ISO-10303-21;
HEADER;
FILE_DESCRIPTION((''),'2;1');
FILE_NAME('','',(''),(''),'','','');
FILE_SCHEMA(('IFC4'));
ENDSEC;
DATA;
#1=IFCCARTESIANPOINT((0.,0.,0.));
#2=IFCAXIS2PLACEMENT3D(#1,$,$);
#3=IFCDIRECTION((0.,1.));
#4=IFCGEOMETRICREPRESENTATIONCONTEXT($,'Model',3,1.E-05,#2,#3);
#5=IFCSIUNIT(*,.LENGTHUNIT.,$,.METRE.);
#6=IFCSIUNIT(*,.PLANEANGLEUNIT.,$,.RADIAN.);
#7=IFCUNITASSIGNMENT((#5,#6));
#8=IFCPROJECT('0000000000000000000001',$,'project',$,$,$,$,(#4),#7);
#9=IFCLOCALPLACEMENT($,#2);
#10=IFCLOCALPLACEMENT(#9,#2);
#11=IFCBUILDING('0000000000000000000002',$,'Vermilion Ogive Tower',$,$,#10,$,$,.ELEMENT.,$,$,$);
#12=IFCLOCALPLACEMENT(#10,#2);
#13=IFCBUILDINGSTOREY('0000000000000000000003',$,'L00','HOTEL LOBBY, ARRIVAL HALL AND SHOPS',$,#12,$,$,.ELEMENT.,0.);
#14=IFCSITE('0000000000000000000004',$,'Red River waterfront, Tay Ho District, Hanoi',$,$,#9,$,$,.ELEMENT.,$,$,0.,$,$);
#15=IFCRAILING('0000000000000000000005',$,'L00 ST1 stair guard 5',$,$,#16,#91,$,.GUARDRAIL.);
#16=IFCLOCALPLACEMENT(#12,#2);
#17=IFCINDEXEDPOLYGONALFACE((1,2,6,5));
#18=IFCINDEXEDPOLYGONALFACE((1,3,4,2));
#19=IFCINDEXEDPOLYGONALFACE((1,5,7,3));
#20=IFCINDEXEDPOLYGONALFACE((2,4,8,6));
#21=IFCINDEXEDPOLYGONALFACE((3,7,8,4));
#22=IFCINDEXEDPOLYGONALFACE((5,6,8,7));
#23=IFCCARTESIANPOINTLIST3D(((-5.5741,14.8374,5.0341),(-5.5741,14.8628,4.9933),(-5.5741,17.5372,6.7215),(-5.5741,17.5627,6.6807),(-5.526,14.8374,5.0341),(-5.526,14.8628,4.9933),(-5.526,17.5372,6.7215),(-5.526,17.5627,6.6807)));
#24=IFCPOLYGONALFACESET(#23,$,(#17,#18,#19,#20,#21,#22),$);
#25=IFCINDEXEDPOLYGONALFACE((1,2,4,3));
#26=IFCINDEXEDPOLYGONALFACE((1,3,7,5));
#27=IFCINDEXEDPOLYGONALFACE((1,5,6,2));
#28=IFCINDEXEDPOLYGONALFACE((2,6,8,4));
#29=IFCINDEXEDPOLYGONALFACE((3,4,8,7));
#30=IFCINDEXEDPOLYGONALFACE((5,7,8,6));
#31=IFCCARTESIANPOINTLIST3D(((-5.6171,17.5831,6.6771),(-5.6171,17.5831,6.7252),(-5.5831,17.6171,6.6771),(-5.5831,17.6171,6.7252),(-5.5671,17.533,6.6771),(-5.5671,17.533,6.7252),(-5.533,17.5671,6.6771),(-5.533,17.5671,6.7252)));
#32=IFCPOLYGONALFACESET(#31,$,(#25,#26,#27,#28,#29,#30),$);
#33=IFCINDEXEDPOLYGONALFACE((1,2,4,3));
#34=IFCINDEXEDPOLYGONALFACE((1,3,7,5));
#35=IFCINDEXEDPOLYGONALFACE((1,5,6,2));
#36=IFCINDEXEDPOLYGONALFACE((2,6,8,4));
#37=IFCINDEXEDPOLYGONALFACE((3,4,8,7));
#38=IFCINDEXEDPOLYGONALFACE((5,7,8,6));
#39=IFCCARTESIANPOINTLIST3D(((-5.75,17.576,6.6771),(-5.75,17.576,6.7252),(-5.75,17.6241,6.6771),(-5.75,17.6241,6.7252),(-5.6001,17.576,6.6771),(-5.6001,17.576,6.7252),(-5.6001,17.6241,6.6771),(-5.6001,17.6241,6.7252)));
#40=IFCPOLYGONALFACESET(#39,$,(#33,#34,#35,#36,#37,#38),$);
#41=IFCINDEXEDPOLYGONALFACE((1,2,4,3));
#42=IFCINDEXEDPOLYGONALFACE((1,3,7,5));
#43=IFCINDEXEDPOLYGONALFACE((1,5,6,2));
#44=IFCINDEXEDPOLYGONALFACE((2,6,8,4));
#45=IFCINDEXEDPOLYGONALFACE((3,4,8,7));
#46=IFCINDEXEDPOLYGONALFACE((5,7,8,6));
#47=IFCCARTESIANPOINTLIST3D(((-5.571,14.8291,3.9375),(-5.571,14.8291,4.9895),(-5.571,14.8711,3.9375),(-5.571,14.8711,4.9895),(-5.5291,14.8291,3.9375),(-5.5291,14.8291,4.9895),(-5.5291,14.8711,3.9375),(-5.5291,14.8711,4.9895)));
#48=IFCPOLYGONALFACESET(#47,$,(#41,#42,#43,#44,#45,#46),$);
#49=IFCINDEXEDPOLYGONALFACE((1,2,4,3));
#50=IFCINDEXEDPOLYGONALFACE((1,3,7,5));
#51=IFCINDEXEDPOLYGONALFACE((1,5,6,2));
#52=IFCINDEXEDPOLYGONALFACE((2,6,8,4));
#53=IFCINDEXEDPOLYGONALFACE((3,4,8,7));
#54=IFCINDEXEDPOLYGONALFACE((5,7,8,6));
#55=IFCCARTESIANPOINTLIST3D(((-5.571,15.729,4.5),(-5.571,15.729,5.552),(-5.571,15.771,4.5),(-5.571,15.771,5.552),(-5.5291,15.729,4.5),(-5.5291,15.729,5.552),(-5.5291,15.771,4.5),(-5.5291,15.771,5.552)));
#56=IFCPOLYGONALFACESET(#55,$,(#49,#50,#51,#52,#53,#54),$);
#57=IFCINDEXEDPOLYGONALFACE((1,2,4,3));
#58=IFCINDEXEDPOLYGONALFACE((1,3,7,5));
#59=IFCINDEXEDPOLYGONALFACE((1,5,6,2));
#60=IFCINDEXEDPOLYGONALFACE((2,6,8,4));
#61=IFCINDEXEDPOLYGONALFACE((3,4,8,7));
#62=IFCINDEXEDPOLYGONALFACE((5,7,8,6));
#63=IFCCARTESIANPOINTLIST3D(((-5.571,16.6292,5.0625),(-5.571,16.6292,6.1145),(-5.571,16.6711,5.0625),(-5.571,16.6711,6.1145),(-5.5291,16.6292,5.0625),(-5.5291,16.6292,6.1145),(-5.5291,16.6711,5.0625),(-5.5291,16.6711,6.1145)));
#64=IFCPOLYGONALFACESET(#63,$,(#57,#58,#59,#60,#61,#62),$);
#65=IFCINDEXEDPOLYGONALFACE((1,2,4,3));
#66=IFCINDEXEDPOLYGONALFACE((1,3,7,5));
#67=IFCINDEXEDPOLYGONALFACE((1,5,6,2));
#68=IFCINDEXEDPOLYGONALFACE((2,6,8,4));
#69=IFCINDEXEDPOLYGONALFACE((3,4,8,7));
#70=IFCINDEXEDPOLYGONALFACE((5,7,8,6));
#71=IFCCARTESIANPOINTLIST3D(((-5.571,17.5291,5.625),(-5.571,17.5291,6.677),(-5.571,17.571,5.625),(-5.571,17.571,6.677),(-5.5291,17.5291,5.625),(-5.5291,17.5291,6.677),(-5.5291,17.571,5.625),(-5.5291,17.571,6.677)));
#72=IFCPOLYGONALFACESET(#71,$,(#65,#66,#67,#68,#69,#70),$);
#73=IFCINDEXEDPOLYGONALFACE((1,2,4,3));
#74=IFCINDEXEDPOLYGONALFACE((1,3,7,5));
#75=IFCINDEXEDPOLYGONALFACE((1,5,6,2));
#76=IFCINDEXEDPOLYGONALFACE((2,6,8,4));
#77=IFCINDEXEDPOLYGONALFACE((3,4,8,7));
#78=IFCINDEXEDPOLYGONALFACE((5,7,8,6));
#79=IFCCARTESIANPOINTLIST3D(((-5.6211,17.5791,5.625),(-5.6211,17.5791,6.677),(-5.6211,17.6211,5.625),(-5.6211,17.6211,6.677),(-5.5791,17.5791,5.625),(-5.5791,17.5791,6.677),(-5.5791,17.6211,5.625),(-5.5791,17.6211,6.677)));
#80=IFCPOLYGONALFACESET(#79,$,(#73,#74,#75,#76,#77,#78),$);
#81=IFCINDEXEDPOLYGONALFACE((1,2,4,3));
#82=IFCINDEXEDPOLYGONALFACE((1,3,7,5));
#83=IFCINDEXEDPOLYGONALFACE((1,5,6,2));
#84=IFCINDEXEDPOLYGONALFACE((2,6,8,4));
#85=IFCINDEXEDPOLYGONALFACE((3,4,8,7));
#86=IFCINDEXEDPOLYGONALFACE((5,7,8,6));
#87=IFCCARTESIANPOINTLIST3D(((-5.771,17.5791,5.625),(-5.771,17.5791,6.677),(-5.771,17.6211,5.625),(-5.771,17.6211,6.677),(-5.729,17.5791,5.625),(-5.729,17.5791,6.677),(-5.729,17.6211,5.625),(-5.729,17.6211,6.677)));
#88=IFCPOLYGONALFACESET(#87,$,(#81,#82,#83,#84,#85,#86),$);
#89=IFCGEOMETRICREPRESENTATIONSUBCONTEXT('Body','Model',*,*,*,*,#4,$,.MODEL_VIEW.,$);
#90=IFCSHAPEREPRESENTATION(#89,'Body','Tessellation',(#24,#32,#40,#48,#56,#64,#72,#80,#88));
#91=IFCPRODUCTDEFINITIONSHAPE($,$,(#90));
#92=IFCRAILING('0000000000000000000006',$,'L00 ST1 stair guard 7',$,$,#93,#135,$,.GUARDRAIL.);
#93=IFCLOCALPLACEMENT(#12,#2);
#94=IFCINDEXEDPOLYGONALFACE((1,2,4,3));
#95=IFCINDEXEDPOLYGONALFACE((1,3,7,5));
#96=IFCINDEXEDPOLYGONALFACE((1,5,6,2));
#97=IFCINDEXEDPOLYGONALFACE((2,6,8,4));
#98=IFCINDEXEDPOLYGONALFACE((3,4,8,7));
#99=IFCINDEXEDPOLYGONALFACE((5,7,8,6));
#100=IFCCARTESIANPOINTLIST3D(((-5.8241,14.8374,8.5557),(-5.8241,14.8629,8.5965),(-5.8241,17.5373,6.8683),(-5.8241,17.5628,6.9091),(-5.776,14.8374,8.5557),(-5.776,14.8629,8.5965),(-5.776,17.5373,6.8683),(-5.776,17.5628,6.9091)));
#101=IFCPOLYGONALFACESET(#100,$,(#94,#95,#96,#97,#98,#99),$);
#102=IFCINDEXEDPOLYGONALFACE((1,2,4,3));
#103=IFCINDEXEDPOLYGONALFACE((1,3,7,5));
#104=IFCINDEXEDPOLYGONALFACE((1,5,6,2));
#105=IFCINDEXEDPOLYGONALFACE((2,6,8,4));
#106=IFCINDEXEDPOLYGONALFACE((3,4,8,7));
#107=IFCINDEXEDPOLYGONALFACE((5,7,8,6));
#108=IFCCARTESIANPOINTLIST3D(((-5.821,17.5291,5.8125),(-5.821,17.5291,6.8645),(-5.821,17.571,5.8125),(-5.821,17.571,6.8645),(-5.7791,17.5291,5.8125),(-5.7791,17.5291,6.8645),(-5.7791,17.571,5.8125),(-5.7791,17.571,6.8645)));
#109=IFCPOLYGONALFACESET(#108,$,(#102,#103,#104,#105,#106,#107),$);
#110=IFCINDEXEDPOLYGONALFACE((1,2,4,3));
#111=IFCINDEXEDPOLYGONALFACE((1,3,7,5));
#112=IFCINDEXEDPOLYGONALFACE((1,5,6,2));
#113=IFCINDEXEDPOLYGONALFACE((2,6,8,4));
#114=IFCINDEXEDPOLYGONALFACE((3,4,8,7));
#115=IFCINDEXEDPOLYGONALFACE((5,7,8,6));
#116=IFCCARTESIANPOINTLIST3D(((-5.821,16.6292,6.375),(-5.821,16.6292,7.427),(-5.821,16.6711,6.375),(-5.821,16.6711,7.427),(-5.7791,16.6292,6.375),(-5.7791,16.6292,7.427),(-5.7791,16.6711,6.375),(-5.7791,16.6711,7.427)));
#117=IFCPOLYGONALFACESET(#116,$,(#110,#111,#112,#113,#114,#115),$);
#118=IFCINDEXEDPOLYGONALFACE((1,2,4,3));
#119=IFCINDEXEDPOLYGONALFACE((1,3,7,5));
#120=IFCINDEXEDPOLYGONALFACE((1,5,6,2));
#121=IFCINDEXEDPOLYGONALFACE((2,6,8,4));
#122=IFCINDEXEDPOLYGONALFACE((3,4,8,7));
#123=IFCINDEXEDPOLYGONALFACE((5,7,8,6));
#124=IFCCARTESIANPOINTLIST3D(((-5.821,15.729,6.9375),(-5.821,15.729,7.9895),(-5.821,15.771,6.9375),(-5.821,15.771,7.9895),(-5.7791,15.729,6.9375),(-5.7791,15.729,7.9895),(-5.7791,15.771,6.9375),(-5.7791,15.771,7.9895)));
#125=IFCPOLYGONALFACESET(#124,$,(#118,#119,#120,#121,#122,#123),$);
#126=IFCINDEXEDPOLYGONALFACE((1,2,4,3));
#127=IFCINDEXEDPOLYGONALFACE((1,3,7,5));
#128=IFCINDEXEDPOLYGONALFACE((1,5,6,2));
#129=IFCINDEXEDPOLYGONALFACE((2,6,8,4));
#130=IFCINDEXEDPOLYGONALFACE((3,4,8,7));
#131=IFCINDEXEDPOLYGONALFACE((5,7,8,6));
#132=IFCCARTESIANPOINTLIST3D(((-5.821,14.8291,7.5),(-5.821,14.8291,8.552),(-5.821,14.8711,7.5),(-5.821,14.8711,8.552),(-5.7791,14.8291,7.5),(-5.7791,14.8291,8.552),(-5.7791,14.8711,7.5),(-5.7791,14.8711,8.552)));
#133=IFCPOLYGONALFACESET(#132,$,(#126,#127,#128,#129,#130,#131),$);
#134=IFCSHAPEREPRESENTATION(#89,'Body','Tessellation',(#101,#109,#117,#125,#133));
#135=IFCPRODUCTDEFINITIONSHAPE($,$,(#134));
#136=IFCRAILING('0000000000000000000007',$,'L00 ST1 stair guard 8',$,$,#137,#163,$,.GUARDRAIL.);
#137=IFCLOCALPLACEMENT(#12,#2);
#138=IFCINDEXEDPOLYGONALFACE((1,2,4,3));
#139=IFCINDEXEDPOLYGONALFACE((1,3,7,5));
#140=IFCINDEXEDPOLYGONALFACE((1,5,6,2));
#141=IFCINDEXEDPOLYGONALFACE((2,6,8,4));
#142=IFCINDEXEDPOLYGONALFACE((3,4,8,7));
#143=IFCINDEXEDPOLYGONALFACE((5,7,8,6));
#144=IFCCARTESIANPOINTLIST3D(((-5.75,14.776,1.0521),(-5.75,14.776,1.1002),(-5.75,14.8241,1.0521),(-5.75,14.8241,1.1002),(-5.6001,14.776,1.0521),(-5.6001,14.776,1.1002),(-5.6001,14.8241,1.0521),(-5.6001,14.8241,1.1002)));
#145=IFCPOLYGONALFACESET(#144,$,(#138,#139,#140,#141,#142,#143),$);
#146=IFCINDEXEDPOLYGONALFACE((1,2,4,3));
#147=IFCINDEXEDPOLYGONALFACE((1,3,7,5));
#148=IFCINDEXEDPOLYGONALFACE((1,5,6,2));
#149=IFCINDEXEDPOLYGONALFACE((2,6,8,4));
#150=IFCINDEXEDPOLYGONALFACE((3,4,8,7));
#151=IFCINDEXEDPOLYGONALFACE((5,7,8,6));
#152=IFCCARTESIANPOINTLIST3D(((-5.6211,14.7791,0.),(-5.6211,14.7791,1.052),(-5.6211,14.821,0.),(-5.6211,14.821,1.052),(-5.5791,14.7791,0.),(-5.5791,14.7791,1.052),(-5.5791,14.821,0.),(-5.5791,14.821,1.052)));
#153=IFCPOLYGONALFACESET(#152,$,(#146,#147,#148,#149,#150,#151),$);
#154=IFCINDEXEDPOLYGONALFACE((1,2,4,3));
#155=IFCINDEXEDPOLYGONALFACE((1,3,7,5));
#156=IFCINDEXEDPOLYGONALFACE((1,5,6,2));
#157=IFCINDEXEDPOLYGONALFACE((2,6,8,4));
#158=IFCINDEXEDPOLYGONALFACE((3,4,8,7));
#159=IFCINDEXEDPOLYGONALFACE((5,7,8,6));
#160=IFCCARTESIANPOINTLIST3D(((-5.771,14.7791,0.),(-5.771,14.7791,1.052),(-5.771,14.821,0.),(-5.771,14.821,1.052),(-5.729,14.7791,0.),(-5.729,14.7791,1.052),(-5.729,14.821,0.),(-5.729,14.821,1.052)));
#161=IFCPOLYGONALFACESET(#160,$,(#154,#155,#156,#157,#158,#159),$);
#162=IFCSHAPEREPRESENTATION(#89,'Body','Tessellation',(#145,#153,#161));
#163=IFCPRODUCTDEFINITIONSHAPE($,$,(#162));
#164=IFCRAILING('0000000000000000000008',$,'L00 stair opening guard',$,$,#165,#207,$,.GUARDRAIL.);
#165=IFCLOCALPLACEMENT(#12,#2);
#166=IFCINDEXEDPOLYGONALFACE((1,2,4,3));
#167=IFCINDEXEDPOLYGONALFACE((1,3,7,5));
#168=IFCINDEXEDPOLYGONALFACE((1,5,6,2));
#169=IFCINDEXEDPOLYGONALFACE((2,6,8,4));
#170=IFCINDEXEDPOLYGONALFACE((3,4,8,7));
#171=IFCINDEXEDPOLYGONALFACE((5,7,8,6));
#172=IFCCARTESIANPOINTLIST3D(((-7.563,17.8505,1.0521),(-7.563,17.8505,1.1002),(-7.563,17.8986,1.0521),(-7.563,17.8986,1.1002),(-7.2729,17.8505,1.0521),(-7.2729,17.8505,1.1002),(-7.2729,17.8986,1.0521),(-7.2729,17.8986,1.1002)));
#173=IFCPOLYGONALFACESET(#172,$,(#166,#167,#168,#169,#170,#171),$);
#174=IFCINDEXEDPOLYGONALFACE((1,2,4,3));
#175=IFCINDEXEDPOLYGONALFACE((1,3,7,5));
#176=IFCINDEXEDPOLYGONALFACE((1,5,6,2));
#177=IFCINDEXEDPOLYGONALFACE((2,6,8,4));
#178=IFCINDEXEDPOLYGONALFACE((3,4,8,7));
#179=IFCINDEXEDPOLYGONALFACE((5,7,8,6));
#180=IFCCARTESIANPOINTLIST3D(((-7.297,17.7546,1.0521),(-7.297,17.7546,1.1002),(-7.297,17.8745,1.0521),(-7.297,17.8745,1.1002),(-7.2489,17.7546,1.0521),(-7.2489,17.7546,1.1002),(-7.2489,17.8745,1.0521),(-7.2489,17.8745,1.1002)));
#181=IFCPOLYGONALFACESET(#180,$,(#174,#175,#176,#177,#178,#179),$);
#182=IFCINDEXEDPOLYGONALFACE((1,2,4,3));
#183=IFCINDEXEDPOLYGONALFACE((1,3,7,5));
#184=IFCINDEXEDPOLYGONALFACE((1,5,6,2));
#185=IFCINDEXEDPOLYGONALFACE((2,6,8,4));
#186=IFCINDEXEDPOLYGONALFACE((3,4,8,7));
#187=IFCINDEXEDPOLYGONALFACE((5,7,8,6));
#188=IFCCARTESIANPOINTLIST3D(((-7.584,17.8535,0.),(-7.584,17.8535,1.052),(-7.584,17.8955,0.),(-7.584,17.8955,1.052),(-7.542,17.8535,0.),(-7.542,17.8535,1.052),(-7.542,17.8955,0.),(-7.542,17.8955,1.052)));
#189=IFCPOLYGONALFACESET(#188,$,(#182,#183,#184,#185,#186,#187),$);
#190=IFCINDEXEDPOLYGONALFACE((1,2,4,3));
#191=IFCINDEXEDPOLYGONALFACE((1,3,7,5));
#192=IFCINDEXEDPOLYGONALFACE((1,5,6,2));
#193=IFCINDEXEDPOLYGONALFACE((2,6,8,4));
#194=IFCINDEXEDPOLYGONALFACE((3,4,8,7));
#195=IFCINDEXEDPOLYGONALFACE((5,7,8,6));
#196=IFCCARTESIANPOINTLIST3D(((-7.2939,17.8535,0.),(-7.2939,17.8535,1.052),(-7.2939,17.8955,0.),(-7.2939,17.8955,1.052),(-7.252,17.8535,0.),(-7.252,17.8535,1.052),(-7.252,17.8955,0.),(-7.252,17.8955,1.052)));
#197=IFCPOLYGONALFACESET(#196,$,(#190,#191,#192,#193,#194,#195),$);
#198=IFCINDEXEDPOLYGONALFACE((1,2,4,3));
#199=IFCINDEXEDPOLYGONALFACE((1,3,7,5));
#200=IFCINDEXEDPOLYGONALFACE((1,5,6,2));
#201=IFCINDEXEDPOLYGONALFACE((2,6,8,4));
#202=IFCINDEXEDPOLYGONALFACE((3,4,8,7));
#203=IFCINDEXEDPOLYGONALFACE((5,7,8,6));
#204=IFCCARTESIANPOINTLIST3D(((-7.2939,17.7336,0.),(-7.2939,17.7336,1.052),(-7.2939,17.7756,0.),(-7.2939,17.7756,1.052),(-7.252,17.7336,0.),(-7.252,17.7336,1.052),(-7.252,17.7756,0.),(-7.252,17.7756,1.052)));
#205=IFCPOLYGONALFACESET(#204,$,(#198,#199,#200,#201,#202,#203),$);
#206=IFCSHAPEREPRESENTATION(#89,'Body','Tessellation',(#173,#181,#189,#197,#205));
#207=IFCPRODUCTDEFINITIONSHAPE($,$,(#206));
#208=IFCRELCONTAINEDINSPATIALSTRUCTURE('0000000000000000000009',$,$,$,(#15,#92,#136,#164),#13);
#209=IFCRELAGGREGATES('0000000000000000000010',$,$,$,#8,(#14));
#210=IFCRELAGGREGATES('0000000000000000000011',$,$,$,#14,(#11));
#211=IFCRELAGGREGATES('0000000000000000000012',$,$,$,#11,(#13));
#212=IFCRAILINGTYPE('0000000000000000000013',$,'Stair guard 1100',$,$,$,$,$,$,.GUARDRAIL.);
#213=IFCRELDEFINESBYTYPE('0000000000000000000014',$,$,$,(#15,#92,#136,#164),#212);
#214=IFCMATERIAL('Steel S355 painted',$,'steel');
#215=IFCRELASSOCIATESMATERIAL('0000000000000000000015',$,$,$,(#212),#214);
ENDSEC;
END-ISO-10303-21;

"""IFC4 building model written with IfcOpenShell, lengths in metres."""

from ifc_helpers import new_model, si_unit, direction, frame, origin, origin_2d, place, context, subcontext, project, spatial, rectangle, extrude, material, type_object, element, save


model = new_model("IFC4")

# Units and contexts
model_context = context("Model", 3, precision=1e-05, world=origin(), true_north=direction((0.0, 1.0)))
body_context = subcontext(model_context, "Body", "Model", "MODEL_VIEW")
ifc_project = project(units=[si_unit("LENGTHUNIT", "METRE"), si_unit("PLANEANGLEUNIT", "RADIAN")], contexts=[model_context])

# Site, building, storey
site_placement = place(None, origin())
site = spatial("IfcSite", under=ifc_project, at=site_placement, Name="Red River waterfront, Tay Ho District, Hanoi", CompositionType="ELEMENT", RefElevation=0.0)
building_placement = place(site_placement, origin())
building = spatial("IfcBuilding", under=site, at=building_placement, Name="Vermilion Ogive Tower", CompositionType="ELEMENT")
storey_placement = place(building_placement, origin())
storey = spatial("IfcBuildingStorey", under=building, at=storey_placement, Name="L00", Description="HOTEL LOBBY, ARRIVAL HALL AND SHOPS", CompositionType="ELEMENT", Elevation=0.0)

# Railings
ifc_material_1 = material(Name="Steel S355 painted", Category="steel")
railing_type_1 = type_object("IfcRailingType", Name="Stair guard 1100", PredefinedType="GUARDRAIL", material=ifc_material_1)
railing_1_placement = place(storey_placement, frame((-5.55, 14.8501, 3.9375)))
element("IfcRailing", 1, at=railing_1_placement, inside=storey, type_object=railing_type_1, Name="L00 ST1 stair guard 5", PredefinedType="GUARDRAIL", context=body_context, shape_type="SweptSolid", body=[
    extrude(rectangle(XDim=0.0481, YDim=0.0481, at=origin_2d()), frame((0.0, 0.0, 1.0762), z_axis=(0.0, 0.847994, 0.530006), x_axis=(-1.0, 0.0, 0.0)), (0.0, 0.0, 1.0), 3.1838),
    extrude(rectangle(XDim=0.0481, YDim=0.0481, at=origin_2d()), frame((0.0, 2.7, 2.7637), z_axis=(-0.707107, 0.707107, 0.0), x_axis=(-0.707107, -0.707107, 0.0)), (0.0, 0.0, 1.0), 0.0708),
    extrude(rectangle(XDim=0.0481, YDim=0.0481, at=origin_2d()), frame((-0.05, 2.75, 2.7637), z_axis=(-1.0, 0.0, 0.0), x_axis=(0.0, -1.0, 0.0)), (0.0, 0.0, 1.0), 0.1499),
    extrude(rectangle(XDim=0.042, YDim=0.042, at=origin_2d()), origin(), (0.0, 0.0, 1.0), 1.052),
    extrude(rectangle(XDim=0.042, YDim=0.042, at=origin_2d()), frame((0.0, 0.8999, 0.5625)), (0.0, 0.0, 1.0), 1.052),
    extrude(rectangle(XDim=0.042, YDim=0.042, at=origin_2d()), frame((0.0, 1.8, 1.125)), (0.0, 0.0, 1.0), 1.052),
    extrude(rectangle(XDim=0.042, YDim=0.042, at=origin_2d()), frame((0.0, 2.7, 1.6875)), (0.0, 0.0, 1.0), 1.052),
    extrude(rectangle(XDim=0.042, YDim=0.042, at=origin_2d()), frame((-0.05, 2.75, 1.6875)), (0.0, 0.0, 1.0), 1.052),
    extrude(rectangle(XDim=0.042, YDim=0.042, at=origin_2d()), frame((-0.2, 2.75, 1.6875)), (0.0, 0.0, 1.0), 1.052),
])
railing_2_placement = place(storey_placement, frame((-5.8, 17.55, 5.8125)))
element("IfcRailing", 2, at=railing_2_placement, inside=storey, type_object=railing_type_1, Name="L00 ST1 stair guard 7", PredefinedType="GUARDRAIL", context=body_context, shape_type="SweptSolid", body=[
    extrude(rectangle(XDim=0.0481, YDim=0.0481, at=origin_2d()), frame((0.0, 0.0, 1.0762), z_axis=(0.0, -0.847994, 0.530006), x_axis=(1.0, 0.0, 0.0)), (0.0, 0.0, 1.0), 3.1838),
    extrude(rectangle(XDim=0.042, YDim=0.042, at=origin_2d()), origin(), (0.0, 0.0, 1.0), 1.052),
    extrude(rectangle(XDim=0.042, YDim=0.042, at=origin_2d()), frame((0.0, -0.8999, 0.5625)), (0.0, 0.0, 1.0), 1.052),
    extrude(rectangle(XDim=0.042, YDim=0.042, at=origin_2d()), frame((0.0, -1.8, 1.125)), (0.0, 0.0, 1.0), 1.052),
    extrude(rectangle(XDim=0.042, YDim=0.042, at=origin_2d()), frame((0.0, -2.7, 1.6875)), (0.0, 0.0, 1.0), 1.052),
])
railing_3_placement = place(storey_placement, frame((-5.6001, 14.8, 0.0)))
element("IfcRailing", 3, at=railing_3_placement, inside=storey, type_object=railing_type_1, Name="L00 ST1 stair guard 8", PredefinedType="GUARDRAIL", context=body_context, shape_type="SweptSolid", body=[
    extrude(rectangle(XDim=0.0481, YDim=0.0481, at=origin_2d()), frame((0.0, 0.0, 1.0762), z_axis=(-1.0, 0.0, 0.0), x_axis=(0.0, -1.0, 0.0)), (0.0, 0.0, 1.0), 0.1499),
    extrude(rectangle(XDim=0.042, YDim=0.042, at=origin_2d()), origin(), (0.0, 0.0, 1.0), 1.052),
    extrude(rectangle(XDim=0.042, YDim=0.042, at=origin_2d()), frame((-0.1499, 0.0, 0.0)), (0.0, 0.0, 1.0), 1.052),
])
railing_4_placement = place(storey_placement, frame((-7.563, 17.8745, 0.0)))
element("IfcRailing", 4, at=railing_4_placement, inside=storey, type_object=railing_type_1, Name="L00 stair opening guard", PredefinedType="GUARDRAIL", context=body_context, shape_type="SweptSolid", body=[
    extrude(rectangle(XDim=0.0481, YDim=0.0481, at=origin_2d()), frame((0.0, 0.0, 1.0762), z_axis=(1.0, 0.0, 0.0), x_axis=(0.0, 1.0, 0.0)), (0.0, 0.0, 1.0), 0.29),
    extrude(rectangle(XDim=0.0481, YDim=0.0481, at=origin_2d()), frame((0.29, 0.0, 1.0762), z_axis=(0.0, -1.0, 0.0), x_axis=(1.0, 0.0, 0.0)), (0.0, 0.0, 1.0), 0.1199),
    extrude(rectangle(XDim=0.042, YDim=0.042, at=origin_2d()), origin(), (0.0, 0.0, 1.0), 1.052),
    extrude(rectangle(XDim=0.042, YDim=0.042, at=origin_2d()), frame((0.29, 0.0, 0.0)), (0.0, 0.0, 1.0), 1.052),
    extrude(rectangle(XDim=0.042, YDim=0.042, at=origin_2d()), frame((0.29, -0.1199, 0.0)), (0.0, 0.0, 1.0), 1.052),
])

save(model, "model.ifc")
